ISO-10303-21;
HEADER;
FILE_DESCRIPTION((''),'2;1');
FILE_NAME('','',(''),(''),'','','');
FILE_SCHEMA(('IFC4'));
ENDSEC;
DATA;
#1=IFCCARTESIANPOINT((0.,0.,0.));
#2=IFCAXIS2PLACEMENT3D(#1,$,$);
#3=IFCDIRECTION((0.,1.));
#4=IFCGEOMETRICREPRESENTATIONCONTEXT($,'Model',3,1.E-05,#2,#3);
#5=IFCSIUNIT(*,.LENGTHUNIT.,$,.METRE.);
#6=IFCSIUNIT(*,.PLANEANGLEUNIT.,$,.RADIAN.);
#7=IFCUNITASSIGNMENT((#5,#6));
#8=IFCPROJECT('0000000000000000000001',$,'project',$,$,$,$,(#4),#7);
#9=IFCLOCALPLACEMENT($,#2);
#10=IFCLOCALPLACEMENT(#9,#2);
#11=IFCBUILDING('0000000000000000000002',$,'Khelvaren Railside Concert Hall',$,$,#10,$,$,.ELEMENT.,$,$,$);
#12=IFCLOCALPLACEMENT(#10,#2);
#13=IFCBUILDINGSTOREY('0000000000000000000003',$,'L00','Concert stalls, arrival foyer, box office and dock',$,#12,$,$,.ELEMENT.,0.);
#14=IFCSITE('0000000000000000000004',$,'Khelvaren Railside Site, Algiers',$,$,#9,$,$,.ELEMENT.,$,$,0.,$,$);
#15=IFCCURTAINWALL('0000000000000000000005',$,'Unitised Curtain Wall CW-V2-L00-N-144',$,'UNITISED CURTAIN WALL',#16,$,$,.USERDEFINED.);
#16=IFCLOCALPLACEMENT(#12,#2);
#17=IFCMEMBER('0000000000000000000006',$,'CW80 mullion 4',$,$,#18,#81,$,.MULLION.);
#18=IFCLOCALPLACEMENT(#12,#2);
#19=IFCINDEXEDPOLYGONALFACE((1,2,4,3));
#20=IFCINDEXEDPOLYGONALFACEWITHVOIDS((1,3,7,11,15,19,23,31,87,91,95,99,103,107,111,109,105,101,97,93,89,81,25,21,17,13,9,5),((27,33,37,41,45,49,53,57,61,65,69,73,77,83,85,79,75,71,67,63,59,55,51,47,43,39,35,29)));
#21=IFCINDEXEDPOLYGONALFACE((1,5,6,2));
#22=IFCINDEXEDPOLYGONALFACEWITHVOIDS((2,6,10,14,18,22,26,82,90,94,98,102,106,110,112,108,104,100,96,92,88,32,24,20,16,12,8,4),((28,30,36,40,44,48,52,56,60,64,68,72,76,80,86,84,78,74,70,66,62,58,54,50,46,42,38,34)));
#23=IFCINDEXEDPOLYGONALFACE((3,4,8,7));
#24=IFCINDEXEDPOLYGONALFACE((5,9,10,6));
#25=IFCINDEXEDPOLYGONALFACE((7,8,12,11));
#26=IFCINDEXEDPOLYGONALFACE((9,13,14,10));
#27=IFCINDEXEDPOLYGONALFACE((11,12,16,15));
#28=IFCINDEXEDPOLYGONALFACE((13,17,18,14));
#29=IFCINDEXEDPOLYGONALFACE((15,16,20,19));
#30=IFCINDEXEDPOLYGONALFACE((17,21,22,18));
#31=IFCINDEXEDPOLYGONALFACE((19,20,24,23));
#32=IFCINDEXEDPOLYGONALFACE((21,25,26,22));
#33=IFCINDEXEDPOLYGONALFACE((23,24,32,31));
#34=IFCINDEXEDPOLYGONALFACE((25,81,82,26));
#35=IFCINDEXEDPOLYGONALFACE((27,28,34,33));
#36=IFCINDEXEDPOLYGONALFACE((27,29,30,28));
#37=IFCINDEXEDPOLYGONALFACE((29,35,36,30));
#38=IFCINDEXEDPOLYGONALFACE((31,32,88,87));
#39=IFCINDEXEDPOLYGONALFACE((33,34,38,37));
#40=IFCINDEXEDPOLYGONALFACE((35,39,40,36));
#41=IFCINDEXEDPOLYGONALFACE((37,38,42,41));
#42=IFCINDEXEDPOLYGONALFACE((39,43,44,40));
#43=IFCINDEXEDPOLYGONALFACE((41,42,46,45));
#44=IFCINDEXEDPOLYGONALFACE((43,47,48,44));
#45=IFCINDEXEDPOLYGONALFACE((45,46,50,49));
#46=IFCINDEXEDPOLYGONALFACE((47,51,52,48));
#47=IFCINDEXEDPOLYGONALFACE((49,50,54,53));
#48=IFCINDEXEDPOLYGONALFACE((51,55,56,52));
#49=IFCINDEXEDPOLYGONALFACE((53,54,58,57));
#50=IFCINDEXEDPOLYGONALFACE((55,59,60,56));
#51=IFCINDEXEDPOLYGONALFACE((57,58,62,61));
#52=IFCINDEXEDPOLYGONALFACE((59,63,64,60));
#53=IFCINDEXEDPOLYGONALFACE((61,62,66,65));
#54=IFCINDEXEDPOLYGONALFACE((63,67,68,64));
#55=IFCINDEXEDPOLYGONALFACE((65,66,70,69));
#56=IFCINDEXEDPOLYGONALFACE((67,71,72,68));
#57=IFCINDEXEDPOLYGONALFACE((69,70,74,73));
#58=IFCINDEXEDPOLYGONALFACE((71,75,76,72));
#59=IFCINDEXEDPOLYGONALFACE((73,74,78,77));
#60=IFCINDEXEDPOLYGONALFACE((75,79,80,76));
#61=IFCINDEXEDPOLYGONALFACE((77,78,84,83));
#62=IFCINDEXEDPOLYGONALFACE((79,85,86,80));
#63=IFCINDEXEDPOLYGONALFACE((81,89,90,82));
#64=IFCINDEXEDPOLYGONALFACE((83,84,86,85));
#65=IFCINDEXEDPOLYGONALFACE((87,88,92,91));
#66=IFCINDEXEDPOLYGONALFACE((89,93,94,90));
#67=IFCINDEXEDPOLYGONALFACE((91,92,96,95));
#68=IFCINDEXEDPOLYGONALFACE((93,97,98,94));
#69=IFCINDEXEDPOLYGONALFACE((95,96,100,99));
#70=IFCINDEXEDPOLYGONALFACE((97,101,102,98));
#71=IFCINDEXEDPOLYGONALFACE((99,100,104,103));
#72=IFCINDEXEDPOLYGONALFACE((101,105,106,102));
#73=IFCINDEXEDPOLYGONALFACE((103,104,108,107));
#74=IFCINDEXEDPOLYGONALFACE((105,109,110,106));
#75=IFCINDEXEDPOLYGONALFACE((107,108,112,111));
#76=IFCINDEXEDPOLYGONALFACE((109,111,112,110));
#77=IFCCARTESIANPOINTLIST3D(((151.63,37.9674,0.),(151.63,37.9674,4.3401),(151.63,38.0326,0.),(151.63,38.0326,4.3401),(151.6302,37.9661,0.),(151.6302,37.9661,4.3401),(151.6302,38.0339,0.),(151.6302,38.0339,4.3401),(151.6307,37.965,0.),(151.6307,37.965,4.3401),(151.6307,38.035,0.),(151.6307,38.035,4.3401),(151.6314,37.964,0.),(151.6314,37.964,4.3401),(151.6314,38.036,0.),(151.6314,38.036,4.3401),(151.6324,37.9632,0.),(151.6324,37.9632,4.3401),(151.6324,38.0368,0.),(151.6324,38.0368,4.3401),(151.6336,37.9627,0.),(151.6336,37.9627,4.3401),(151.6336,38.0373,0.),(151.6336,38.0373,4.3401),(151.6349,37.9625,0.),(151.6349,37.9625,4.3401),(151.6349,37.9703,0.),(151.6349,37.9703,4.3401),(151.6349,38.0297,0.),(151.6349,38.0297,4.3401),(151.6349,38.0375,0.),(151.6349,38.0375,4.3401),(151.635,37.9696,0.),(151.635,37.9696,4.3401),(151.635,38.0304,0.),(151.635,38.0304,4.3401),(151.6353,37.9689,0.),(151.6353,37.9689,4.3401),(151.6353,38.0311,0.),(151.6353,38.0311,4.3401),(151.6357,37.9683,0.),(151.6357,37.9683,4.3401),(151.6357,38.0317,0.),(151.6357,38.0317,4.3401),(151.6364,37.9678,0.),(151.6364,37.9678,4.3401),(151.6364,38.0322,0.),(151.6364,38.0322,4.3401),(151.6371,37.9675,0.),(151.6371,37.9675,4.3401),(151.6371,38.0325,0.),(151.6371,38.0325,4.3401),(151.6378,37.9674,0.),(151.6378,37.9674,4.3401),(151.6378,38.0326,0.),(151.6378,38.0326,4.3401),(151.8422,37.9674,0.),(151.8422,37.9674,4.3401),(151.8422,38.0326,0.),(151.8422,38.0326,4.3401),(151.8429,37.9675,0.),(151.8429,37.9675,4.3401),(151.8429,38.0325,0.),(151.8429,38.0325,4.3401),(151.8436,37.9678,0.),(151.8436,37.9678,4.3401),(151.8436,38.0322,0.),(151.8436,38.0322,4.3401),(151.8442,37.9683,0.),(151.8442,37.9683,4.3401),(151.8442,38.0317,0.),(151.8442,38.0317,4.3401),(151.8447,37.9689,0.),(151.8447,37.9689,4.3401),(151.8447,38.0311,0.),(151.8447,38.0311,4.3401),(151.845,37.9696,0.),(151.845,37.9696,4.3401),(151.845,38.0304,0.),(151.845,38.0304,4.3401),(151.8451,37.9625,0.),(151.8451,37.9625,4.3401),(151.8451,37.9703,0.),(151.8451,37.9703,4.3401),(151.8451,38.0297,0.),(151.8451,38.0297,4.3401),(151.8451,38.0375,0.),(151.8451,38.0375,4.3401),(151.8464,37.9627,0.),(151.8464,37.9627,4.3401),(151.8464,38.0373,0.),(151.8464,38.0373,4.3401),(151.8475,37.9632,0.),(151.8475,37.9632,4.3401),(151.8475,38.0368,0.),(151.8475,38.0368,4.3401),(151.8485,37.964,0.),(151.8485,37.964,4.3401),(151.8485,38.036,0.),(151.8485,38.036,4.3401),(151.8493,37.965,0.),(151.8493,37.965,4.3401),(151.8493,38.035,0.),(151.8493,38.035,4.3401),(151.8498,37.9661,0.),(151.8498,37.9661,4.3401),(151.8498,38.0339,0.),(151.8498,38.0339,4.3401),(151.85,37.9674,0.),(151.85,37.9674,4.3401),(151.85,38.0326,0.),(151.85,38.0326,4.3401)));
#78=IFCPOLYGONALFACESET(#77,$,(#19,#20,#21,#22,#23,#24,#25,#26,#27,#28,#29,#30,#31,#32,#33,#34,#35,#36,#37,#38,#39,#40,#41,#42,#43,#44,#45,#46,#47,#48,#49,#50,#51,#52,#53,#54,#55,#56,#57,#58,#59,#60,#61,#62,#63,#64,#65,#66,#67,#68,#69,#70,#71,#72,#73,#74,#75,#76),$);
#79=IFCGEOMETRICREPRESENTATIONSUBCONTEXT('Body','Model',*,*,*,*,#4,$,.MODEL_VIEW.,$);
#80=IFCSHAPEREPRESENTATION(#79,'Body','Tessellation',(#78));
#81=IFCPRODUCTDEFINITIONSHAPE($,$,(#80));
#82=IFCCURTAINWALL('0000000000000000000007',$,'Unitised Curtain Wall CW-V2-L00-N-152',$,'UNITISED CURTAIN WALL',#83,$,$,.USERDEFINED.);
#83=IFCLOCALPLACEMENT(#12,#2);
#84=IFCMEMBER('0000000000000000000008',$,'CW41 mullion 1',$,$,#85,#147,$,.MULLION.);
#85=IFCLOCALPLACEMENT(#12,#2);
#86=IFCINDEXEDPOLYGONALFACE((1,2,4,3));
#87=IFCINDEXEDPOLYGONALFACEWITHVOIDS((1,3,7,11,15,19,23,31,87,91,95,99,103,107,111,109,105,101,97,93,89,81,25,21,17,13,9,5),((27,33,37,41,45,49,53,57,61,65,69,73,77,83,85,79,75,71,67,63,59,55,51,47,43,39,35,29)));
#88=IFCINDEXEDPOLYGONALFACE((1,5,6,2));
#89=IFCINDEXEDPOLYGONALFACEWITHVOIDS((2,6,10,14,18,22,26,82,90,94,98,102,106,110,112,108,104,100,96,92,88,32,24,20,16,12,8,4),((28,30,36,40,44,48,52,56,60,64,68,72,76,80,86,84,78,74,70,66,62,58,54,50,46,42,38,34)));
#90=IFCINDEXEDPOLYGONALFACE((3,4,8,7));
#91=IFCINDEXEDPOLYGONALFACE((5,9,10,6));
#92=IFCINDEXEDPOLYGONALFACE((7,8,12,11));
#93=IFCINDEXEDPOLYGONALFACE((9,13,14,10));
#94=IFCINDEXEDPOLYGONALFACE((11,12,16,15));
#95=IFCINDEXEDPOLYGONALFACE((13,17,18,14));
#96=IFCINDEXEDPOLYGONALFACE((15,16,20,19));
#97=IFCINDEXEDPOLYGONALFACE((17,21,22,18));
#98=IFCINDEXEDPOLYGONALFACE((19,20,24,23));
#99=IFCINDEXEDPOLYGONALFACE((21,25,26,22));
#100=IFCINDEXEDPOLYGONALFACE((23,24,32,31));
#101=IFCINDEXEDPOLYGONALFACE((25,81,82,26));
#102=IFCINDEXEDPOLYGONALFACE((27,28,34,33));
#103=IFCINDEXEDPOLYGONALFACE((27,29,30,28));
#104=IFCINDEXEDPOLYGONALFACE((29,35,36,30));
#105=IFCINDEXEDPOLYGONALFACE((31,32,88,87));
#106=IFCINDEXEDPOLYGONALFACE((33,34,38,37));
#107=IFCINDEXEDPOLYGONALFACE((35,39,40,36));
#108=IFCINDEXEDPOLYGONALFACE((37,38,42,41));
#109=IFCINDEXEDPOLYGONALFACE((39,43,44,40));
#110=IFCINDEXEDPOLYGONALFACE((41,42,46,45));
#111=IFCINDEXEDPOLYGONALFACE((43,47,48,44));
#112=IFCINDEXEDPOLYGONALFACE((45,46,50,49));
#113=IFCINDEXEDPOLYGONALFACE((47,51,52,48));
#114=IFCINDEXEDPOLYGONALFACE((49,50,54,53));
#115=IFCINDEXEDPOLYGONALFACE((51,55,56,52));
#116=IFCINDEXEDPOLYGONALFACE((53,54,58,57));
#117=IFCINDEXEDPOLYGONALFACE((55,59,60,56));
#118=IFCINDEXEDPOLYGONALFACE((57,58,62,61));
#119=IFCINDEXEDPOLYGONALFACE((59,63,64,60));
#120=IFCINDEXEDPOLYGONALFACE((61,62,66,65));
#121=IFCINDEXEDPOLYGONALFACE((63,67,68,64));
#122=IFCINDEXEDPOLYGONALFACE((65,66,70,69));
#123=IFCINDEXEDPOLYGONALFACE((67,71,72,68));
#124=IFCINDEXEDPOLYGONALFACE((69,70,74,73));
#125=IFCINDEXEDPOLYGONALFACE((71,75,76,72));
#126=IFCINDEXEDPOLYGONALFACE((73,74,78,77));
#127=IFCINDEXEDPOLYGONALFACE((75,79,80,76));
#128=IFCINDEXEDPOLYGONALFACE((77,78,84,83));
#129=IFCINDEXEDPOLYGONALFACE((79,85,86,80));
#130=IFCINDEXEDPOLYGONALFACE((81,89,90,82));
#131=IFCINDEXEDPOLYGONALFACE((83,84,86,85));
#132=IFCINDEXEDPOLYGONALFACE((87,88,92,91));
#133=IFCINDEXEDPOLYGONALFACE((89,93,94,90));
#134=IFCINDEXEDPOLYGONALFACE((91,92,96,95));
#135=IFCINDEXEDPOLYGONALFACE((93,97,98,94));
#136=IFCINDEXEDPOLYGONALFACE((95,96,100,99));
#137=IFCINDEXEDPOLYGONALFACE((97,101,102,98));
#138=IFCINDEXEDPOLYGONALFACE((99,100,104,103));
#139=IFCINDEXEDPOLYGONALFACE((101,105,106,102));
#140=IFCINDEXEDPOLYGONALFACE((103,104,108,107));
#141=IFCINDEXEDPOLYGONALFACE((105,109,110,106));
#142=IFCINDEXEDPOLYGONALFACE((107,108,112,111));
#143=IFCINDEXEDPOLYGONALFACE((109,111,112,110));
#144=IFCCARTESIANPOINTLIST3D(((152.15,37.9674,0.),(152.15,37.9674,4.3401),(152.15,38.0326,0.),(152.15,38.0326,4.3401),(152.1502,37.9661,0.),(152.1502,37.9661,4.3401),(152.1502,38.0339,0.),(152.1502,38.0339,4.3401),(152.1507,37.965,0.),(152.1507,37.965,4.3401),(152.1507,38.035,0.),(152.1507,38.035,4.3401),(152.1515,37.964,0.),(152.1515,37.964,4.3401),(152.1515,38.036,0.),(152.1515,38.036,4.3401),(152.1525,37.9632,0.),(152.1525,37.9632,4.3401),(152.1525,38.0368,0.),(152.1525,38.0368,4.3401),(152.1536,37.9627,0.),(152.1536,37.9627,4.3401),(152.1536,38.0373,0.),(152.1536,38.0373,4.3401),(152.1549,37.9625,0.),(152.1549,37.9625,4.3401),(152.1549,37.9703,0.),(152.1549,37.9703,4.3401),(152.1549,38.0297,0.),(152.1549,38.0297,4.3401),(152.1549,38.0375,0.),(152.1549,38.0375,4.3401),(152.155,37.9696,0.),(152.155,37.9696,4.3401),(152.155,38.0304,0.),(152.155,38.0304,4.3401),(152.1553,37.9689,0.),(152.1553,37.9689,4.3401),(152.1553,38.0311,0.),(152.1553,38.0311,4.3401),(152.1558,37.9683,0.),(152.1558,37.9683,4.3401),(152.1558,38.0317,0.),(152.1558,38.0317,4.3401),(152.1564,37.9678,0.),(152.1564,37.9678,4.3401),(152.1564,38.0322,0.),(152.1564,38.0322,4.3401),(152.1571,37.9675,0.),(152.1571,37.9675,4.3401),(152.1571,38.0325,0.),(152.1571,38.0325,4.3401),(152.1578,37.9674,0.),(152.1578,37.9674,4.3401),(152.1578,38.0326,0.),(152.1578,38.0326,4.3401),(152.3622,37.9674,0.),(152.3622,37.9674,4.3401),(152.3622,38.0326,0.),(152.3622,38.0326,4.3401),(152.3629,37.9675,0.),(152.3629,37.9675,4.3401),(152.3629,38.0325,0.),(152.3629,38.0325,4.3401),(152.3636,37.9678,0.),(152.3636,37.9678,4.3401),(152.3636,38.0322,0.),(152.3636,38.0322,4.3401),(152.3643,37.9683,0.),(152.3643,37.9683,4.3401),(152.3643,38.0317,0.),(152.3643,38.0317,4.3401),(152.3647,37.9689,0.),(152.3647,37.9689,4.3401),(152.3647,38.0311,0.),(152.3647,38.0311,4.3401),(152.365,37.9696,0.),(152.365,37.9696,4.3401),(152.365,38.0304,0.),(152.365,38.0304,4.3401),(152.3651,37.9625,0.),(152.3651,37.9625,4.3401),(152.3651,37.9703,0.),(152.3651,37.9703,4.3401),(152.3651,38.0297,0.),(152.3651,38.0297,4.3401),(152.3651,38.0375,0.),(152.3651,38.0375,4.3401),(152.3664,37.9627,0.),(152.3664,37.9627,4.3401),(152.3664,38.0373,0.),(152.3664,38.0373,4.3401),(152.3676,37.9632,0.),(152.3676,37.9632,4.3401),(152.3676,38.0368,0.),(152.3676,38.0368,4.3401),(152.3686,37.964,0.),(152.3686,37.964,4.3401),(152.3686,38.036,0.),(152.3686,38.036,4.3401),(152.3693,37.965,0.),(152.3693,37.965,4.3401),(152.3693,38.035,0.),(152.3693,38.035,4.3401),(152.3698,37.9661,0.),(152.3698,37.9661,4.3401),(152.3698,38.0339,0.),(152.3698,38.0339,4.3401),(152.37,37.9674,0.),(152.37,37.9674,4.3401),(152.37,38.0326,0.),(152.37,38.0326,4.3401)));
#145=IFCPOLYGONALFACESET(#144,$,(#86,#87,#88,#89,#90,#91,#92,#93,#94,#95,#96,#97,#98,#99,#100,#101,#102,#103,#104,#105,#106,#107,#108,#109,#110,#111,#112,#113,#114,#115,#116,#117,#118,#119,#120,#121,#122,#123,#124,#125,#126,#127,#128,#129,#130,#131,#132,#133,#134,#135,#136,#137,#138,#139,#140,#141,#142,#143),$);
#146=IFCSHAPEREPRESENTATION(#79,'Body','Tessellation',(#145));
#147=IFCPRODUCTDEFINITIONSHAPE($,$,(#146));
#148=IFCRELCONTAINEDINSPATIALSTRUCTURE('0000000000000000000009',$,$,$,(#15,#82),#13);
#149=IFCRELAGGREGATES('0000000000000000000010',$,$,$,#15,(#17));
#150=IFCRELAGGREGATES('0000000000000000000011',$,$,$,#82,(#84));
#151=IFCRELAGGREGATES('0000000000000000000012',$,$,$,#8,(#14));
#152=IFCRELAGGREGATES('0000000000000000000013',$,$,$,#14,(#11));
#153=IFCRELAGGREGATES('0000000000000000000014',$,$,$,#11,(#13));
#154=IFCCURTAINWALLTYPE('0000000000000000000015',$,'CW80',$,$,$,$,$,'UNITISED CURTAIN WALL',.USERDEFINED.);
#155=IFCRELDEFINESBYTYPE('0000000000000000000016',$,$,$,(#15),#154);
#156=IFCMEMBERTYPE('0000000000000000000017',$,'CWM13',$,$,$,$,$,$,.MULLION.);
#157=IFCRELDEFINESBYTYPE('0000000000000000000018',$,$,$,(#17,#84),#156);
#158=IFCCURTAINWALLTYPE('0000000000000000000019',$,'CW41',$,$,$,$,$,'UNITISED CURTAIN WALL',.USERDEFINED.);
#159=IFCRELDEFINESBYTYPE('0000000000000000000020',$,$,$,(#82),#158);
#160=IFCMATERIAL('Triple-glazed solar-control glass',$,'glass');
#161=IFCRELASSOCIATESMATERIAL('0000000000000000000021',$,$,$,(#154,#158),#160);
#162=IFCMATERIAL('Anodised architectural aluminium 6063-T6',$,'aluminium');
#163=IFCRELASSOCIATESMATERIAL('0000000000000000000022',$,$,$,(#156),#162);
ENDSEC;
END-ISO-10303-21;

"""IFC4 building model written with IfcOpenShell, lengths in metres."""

from ifc_helpers import new_model, si_unit, direction, frame, origin, origin_2d, place, context, subcontext, project, spatial, hollow_rectangle, extrude, material, material_profile, profile_set, type_object, element, aggregate, save


model = new_model("IFC4")

# Units and contexts
model_context = context("Model", 3, precision=1e-05, world=origin(), true_north=direction((0.0, 1.0)))
body_context = subcontext(model_context, "Body", "Model", "MODEL_VIEW")
ifc_project = project(units=[si_unit("LENGTHUNIT", "METRE"), si_unit("PLANEANGLEUNIT", "RADIAN")], contexts=[model_context])

# Site, building, storey
site_placement = place(None, origin())
site = spatial("IfcSite", under=ifc_project, at=site_placement, Name="Khelvaren Railside Site, Algiers", CompositionType="ELEMENT", RefElevation=0.0)
building_placement = place(site_placement, origin())
building = spatial("IfcBuilding", under=site, at=building_placement, Name="Khelvaren Railside Concert Hall", CompositionType="ELEMENT")
storey_placement = place(building_placement, origin())
storey = spatial("IfcBuildingStorey", under=building, at=storey_placement, Name="L00", Description="Concert stalls, arrival foyer, box office and dock", CompositionType="ELEMENT", Elevation=0.0)

# Curtain walls, members
ifc_material_1 = material(Name="Triple-glazed solar-control glass", Category="glass")
curtain_wall_type_1 = type_object("IfcCurtainWallType", Name="CW80", ElementType="UNITISED CURTAIN WALL", PredefinedType="USERDEFINED", material=ifc_material_1)
curtain_wall_1_placement = place(storey_placement, origin())
curtain_wall_1 = element("IfcCurtainWall", 1, at=curtain_wall_1_placement, inside=storey, type_object=curtain_wall_type_1, Name="Unitised Curtain Wall CW-V2-L00-N-144", ObjectType="UNITISED CURTAIN WALL", PredefinedType="USERDEFINED")
ifc_material_2 = material(Name="Anodised architectural aluminium 6063-T6", Category="aluminium")
ifc_material_profile_1 = material_profile(ifc_material_2, hollow_rectangle(XDim=0.075, YDim=0.22, WallThickness=0.0049, InnerFilletRadius=0.0029, OuterFilletRadius=0.0049, at=origin_2d()), Name="CWM 75x220x5")
ifc_profile_set_1 = profile_set([ifc_material_profile_1], Name="Anodised architectural aluminium 6063-T6")
member_type_1 = type_object("IfcMemberType", Name="CWM13", PredefinedType="MULLION", material=ifc_profile_set_1)
member_1_placement = place(storey_placement, frame((151.74, 38.0, 0.0), z_axis=(0.0, 0.0, 1.0), x_axis=(0.0, 1.0, 0.0)))
member_1 = element("IfcMember", 2, at=member_1_placement, type_object=member_type_1, Name="CW80 mullion 4", PredefinedType="MULLION", context=body_context, shape_type="SweptSolid", body=[
    extrude(hollow_rectangle(XDim=0.075, YDim=0.22, WallThickness=0.0049, InnerFilletRadius=0.0029, OuterFilletRadius=0.0049, at=origin_2d()), origin(), (0.0, 0.0, 1.0), 4.3401),
])
curtain_wall_type_2 = type_object("IfcCurtainWallType", Name="CW41", ElementType="UNITISED CURTAIN WALL", PredefinedType="USERDEFINED", material=ifc_material_1)
curtain_wall_2_placement = place(storey_placement, origin())
curtain_wall_2 = element("IfcCurtainWall", 3, at=curtain_wall_2_placement, inside=storey, type_object=curtain_wall_type_2, Name="Unitised Curtain Wall CW-V2-L00-N-152", ObjectType="UNITISED CURTAIN WALL", PredefinedType="USERDEFINED")
member_2_placement = place(storey_placement, frame((152.26, 38.0, 0.0), z_axis=(0.0, 0.0, 1.0), x_axis=(0.0, 1.0, 0.0)))
member_2 = element("IfcMember", 4, at=member_2_placement, type_object=member_type_1, Name="CW41 mullion 1", PredefinedType="MULLION", context=body_context, shape_type="SweptSolid", body=[
    extrude(hollow_rectangle(XDim=0.075, YDim=0.22, WallThickness=0.0049, InnerFilletRadius=0.0029, OuterFilletRadius=0.0049, at=origin_2d()), origin(), (0.0, 0.0, 1.0), 4.3401),
])

aggregate(curtain_wall_1, [member_1])
aggregate(curtain_wall_2, [member_2])

save(model, "model.ifc")
